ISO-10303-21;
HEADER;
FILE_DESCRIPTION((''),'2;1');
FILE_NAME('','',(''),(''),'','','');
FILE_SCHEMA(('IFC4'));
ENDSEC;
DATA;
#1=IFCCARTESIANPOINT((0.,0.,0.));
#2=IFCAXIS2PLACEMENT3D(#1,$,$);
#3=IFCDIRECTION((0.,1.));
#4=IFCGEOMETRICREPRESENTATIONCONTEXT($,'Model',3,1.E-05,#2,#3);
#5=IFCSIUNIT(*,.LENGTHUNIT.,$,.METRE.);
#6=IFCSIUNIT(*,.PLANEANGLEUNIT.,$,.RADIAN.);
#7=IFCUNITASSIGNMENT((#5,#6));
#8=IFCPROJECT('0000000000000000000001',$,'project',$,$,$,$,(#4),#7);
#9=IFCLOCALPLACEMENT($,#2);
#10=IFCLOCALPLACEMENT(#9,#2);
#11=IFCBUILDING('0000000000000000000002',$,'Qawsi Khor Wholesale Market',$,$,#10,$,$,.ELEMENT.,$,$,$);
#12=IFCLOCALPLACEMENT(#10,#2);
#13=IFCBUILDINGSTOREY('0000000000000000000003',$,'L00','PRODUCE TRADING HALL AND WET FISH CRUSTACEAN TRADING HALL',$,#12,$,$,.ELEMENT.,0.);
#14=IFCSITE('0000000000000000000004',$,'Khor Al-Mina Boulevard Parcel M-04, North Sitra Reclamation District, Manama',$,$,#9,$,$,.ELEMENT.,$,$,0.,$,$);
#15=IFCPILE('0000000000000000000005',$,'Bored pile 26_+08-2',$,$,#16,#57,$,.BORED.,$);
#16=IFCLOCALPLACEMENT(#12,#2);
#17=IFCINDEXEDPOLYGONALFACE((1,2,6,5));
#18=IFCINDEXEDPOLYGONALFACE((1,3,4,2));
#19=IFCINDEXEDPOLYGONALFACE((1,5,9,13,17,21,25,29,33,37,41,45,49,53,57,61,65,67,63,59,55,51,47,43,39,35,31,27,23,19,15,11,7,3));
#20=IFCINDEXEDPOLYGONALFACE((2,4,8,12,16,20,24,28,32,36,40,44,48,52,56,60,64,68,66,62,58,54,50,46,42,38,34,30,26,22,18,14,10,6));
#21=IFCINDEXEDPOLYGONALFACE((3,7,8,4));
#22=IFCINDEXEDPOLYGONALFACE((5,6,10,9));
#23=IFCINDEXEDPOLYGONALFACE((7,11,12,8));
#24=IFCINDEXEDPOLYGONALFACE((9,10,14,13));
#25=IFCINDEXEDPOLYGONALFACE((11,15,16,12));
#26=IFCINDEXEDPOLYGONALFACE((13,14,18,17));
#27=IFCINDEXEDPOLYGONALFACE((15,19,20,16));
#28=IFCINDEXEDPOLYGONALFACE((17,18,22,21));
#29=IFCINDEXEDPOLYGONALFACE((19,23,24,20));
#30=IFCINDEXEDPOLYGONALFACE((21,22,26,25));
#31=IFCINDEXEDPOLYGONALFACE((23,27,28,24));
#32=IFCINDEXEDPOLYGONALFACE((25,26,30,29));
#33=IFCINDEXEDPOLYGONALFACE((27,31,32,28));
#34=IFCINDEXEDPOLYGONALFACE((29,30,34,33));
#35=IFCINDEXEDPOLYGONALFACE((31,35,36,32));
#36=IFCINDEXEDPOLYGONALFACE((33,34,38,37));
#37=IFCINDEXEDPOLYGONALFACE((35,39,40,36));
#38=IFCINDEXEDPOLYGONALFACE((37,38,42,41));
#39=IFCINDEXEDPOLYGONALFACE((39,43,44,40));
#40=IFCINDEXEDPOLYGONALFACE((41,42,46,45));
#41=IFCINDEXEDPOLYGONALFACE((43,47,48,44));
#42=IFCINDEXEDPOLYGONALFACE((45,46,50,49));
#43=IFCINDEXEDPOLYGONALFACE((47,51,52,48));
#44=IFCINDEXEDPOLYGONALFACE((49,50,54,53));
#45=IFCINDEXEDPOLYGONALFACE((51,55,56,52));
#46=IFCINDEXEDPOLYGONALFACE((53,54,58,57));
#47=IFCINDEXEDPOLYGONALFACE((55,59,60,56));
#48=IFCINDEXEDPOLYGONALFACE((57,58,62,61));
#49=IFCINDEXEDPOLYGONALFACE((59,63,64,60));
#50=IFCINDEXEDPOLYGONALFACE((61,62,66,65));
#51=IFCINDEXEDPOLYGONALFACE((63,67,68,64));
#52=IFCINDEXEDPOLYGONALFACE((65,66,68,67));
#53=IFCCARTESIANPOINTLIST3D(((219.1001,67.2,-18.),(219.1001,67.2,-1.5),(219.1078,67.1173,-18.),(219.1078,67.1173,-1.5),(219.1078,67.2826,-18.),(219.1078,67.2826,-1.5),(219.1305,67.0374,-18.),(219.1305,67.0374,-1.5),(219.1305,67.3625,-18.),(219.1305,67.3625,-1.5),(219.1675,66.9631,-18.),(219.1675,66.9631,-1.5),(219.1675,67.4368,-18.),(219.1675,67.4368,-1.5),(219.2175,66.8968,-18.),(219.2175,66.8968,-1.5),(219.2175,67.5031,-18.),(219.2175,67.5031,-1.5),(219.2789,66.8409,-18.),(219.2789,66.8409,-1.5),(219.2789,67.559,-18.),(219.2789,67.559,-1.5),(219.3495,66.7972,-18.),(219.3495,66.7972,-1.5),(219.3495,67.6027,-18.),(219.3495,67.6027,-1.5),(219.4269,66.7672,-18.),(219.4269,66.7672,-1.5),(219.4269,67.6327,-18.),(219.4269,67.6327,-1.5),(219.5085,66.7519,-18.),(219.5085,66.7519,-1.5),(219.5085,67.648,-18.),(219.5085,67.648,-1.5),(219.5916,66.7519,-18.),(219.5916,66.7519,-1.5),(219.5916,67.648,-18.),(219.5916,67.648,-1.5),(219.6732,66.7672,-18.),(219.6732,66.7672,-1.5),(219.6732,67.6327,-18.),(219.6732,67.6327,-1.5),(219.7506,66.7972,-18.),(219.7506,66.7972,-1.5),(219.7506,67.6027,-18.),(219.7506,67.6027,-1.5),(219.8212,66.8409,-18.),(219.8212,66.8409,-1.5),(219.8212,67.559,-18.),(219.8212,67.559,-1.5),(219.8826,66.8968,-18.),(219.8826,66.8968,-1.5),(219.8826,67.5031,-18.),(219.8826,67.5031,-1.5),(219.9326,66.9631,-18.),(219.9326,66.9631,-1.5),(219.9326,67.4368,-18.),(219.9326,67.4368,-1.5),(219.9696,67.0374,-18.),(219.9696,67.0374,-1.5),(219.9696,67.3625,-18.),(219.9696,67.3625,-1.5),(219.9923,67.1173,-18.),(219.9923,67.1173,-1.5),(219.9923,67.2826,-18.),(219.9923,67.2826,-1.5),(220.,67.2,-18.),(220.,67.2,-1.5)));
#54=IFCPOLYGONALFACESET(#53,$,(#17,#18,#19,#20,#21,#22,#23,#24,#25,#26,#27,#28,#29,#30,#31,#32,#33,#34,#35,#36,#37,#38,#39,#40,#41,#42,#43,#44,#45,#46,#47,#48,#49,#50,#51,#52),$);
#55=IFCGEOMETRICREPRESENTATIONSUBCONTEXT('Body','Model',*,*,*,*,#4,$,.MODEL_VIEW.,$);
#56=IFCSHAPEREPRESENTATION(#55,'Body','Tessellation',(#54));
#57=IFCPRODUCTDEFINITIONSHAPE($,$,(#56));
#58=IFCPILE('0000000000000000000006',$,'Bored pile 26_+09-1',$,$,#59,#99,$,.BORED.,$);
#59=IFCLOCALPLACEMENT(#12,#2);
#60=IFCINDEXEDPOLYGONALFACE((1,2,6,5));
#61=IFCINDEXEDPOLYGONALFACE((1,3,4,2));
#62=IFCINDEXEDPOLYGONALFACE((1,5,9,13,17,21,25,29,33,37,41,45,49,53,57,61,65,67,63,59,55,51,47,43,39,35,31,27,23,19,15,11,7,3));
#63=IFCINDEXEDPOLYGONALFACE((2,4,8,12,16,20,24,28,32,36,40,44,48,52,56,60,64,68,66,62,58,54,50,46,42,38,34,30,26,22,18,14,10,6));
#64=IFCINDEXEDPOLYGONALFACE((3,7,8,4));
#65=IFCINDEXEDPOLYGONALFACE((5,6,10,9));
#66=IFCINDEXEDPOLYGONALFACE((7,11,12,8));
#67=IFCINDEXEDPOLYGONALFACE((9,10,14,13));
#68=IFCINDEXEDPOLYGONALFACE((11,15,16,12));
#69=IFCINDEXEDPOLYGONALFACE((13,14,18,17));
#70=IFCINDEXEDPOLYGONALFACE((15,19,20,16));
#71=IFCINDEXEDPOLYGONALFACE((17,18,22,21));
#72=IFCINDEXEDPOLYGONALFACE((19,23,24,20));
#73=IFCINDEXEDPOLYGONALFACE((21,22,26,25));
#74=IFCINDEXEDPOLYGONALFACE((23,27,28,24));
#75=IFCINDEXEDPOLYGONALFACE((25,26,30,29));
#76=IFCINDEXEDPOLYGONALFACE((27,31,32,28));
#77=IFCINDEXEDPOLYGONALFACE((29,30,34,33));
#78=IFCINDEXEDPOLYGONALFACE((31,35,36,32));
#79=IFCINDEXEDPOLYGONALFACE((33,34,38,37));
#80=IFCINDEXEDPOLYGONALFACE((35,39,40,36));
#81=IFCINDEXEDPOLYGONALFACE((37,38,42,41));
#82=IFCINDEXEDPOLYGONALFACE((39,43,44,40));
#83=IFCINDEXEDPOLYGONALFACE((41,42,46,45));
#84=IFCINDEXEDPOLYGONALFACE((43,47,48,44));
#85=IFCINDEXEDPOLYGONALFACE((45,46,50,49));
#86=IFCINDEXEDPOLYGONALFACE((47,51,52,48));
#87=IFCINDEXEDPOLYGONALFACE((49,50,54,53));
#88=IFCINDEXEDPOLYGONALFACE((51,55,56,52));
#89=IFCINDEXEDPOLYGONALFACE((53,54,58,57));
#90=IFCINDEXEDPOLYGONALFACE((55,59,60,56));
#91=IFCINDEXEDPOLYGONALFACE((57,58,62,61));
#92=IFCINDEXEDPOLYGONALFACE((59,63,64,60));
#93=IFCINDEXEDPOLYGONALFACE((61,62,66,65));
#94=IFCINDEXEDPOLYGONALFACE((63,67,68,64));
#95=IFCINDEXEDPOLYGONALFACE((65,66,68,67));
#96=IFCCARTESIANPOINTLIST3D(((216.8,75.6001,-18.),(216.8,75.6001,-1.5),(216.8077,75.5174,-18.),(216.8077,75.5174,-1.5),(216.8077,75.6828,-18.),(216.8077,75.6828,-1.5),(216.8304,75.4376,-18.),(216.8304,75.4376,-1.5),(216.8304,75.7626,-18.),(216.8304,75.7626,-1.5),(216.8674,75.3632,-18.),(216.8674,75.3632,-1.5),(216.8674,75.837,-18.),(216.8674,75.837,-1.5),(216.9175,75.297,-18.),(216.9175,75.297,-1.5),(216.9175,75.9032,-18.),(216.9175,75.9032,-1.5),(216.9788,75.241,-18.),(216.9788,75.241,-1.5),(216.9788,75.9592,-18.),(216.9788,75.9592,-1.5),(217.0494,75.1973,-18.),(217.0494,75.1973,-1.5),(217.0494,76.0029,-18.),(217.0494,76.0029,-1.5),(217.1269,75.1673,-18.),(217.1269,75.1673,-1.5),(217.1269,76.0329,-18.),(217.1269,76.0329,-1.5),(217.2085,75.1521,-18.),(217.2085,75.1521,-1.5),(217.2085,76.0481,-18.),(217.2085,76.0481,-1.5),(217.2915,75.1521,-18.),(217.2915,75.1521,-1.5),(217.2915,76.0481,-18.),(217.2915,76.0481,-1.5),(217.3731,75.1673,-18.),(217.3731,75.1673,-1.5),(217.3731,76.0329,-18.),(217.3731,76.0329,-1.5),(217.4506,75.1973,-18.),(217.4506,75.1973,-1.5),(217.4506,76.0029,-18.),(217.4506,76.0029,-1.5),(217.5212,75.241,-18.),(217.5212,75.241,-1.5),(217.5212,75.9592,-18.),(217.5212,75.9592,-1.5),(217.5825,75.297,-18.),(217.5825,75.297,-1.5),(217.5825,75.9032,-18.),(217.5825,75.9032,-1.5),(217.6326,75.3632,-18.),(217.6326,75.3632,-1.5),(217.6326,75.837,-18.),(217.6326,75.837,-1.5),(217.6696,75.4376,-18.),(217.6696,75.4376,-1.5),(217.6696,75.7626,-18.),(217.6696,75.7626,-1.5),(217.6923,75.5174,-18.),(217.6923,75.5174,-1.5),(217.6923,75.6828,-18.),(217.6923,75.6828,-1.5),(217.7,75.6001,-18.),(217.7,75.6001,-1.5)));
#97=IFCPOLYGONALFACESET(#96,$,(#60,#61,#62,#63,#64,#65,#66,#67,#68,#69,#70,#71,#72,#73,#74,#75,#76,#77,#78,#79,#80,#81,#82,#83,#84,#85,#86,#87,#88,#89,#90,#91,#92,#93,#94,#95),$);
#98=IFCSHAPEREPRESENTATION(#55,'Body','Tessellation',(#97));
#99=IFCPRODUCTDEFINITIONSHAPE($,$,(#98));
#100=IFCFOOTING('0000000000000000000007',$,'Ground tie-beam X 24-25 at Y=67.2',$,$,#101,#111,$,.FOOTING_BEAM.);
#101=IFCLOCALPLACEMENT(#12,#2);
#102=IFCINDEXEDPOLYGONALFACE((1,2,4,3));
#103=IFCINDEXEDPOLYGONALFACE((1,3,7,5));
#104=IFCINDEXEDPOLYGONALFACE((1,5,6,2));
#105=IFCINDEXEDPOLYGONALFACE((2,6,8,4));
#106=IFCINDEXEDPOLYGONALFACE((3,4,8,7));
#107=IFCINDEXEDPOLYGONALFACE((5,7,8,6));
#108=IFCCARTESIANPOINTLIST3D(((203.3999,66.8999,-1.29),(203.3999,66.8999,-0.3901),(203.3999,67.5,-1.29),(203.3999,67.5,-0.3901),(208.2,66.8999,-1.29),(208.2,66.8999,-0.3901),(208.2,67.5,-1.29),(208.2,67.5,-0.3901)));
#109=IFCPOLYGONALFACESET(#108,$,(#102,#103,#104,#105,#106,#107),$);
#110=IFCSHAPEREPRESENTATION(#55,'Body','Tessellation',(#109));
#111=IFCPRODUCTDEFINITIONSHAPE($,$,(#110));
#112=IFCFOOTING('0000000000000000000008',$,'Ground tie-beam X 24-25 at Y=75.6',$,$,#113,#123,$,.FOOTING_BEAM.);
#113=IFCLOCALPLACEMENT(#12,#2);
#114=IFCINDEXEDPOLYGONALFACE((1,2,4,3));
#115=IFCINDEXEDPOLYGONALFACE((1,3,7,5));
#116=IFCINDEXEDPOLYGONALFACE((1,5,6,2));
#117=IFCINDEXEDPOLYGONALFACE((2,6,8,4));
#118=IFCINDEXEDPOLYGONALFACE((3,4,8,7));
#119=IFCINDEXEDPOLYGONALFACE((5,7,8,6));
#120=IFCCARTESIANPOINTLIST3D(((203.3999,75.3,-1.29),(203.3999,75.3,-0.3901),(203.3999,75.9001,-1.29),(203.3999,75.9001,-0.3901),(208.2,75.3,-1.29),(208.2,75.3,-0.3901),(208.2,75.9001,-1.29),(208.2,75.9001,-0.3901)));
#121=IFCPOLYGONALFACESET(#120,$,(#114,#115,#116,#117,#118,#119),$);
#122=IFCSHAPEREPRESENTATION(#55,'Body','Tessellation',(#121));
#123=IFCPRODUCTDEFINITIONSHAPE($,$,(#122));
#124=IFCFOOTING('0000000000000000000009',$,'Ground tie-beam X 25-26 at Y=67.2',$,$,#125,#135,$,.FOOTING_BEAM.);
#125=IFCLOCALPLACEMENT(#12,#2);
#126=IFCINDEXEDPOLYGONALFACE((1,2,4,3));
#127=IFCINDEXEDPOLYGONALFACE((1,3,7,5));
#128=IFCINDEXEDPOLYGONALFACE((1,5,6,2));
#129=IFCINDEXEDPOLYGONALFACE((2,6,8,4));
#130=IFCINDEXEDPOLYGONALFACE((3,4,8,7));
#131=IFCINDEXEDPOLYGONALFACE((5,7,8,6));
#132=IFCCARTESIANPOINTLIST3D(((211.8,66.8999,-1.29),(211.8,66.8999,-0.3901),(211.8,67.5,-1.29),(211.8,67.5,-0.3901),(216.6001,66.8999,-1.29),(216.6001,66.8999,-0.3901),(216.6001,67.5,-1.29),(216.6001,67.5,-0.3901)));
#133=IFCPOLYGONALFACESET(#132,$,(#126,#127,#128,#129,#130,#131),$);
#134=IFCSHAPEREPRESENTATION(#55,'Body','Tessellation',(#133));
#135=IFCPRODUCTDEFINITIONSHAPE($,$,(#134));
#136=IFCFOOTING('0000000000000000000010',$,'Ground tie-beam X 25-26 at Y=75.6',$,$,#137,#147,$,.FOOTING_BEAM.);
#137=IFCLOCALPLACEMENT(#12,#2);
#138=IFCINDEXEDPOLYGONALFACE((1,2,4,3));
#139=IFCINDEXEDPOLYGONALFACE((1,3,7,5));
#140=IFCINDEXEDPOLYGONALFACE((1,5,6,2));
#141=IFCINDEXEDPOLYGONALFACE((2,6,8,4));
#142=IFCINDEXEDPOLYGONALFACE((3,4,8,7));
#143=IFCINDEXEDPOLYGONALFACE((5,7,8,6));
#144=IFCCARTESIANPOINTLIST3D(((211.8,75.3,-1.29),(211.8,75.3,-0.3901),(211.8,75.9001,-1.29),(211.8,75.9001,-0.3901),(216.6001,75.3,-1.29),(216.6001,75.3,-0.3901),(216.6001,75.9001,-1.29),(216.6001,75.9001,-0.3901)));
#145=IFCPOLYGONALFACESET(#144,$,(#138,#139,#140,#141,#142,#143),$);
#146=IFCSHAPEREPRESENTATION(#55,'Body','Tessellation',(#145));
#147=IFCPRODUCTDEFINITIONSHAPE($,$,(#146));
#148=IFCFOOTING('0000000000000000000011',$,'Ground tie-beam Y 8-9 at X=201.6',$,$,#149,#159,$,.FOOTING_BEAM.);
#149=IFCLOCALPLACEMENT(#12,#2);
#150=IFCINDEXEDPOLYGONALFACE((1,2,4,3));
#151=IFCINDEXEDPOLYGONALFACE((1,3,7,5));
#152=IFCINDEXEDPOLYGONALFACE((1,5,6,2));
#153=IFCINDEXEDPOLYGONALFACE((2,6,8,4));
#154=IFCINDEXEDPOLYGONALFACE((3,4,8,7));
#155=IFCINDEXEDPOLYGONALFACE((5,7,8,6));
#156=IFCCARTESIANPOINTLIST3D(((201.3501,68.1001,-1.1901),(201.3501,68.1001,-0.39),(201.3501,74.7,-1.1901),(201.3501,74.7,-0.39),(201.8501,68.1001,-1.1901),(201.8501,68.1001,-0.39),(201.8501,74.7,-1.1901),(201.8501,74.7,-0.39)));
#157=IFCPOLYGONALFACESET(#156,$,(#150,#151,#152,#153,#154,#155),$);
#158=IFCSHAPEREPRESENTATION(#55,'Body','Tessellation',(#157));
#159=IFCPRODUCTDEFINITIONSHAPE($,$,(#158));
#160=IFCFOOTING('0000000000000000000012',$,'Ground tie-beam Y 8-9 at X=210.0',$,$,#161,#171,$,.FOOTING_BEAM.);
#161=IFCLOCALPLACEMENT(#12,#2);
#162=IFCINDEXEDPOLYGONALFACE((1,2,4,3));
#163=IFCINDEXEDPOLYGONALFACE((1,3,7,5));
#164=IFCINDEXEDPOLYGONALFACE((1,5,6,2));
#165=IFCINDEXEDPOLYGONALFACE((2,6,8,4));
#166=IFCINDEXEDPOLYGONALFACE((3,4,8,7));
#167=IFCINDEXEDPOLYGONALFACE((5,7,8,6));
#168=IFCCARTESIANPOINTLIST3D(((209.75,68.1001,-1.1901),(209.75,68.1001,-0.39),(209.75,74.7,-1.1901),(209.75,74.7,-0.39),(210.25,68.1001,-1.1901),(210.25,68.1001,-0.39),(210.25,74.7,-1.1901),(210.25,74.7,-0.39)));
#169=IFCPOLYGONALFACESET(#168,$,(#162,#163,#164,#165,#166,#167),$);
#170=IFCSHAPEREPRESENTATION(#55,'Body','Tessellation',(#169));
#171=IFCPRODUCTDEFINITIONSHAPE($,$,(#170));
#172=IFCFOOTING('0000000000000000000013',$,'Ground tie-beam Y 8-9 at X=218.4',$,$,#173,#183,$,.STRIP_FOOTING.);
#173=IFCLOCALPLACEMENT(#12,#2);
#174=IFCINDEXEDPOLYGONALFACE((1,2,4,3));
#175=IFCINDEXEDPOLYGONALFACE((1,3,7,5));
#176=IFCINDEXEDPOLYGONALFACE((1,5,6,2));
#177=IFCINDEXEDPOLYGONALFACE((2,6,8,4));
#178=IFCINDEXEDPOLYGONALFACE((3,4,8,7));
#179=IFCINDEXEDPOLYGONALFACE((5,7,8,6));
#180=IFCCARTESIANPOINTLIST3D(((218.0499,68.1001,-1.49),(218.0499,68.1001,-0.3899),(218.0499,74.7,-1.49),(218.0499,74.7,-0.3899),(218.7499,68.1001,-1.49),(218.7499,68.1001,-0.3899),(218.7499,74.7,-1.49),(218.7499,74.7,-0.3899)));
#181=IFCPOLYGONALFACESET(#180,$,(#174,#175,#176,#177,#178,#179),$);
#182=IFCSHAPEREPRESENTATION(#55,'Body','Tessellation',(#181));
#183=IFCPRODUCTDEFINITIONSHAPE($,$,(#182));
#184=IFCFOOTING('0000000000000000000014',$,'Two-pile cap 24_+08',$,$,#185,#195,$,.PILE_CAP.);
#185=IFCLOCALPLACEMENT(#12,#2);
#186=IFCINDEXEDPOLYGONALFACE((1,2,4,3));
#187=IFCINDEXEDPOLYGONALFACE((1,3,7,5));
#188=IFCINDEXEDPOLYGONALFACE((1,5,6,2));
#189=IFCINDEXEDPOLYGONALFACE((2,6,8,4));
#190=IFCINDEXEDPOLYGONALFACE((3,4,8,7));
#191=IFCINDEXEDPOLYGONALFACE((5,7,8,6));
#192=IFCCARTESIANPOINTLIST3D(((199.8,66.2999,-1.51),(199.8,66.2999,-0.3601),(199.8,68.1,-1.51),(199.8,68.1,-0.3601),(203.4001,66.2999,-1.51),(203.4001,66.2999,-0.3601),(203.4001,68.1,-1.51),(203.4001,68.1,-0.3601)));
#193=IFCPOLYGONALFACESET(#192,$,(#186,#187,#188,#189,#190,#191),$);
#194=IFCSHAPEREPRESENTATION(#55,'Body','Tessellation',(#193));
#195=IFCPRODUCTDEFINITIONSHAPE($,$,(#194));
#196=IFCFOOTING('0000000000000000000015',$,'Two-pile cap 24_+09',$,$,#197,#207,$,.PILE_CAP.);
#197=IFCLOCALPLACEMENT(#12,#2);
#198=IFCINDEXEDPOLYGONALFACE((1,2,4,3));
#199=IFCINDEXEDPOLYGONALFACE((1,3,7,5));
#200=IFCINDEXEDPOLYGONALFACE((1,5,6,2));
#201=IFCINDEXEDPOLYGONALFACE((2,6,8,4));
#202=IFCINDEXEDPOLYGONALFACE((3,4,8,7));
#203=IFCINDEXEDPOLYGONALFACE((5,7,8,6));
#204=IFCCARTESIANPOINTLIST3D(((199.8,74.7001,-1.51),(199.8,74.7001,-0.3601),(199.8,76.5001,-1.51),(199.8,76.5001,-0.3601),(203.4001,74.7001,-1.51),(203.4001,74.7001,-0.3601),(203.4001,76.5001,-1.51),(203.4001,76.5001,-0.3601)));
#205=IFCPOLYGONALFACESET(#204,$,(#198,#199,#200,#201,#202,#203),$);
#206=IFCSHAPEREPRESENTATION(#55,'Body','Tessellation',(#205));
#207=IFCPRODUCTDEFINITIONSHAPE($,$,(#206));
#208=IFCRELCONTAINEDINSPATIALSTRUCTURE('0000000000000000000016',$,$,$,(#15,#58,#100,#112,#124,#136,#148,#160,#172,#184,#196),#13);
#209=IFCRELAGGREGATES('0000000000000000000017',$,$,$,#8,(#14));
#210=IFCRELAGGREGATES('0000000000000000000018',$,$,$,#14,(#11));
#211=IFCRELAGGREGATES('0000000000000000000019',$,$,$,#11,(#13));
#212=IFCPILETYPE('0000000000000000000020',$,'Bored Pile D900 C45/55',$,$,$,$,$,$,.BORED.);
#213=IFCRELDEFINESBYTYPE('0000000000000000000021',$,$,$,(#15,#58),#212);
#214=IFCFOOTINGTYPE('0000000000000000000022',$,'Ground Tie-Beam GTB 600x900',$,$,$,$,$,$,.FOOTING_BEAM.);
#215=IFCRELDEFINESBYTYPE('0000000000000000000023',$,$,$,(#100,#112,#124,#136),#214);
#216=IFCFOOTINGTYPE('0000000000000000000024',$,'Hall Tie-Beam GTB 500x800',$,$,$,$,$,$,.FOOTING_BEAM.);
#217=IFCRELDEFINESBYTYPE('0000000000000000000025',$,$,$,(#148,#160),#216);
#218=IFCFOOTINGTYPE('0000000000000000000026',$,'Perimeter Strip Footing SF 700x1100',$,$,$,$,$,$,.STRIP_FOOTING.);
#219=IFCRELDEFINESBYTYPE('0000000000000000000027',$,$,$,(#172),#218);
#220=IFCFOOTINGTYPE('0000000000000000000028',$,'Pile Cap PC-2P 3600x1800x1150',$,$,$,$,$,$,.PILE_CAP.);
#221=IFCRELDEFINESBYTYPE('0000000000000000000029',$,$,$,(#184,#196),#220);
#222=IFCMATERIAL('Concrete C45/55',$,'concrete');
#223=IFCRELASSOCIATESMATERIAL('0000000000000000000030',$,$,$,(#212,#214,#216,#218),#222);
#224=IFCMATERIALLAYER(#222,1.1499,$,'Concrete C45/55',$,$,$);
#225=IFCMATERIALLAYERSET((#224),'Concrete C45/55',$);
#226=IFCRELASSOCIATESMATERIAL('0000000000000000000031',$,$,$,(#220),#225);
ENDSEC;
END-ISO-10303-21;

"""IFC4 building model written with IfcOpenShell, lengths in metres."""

from ifc_helpers import new_model, si_unit, direction, frame, origin, origin_2d, place, context, subcontext, project, spatial, rectangle, circle, extrude, material, layer, layer_set, material_profile, profile_set, type_object, element, save


model = new_model("IFC4")

# Units and contexts
model_context = context("Model", 3, precision=1e-05, world=origin(), true_north=direction((0.0, 1.0)))
body_context = subcontext(model_context, "Body", "Model", "MODEL_VIEW")
ifc_project = project(units=[si_unit("LENGTHUNIT", "METRE"), si_unit("PLANEANGLEUNIT", "RADIAN")], contexts=[model_context])

# Site, building, storey
site_placement = place(None, origin())
site = spatial("IfcSite", under=ifc_project, at=site_placement, Name="Khor Al-Mina Boulevard Parcel M-04, North Sitra Reclamation District, Manama", CompositionType="ELEMENT", RefElevation=0.0)
building_placement = place(site_placement, origin())
building = spatial("IfcBuilding", under=site, at=building_placement, Name="Qawsi Khor Wholesale Market", CompositionType="ELEMENT")
storey_placement = place(building_placement, origin())
storey = spatial("IfcBuildingStorey", under=building, at=storey_placement, Name="L00", Description="PRODUCE TRADING HALL AND WET FISH CRUSTACEAN TRADING HALL", CompositionType="ELEMENT", Elevation=0.0)

# Piles
ifc_material_1 = material(Name="Concrete C45/55", Category="concrete")
ifc_material_profile_1 = material_profile(ifc_material_1, circle(Radius=0.45, at=origin_2d()), Name="PILE D900")
ifc_profile_set_1 = profile_set([ifc_material_profile_1], Name="Concrete C45/55")
pile_type = type_object("IfcPileType", Name="Bored Pile D900 C45/55", PredefinedType="BORED", material=ifc_profile_set_1)
for number, where, z_axis, x_axis, name in (
    (1, (219.55, 67.2, -1.5), (0.0, 0.0, -1.0), (1.0, 0.0, 0.0), "Bored pile 26_+08-2"),
    (2, (217.25, 75.6001, -1.5), (0.0, 0.0, -1.0), (1.0, 0.0, 0.0), "Bored pile 26_+09-1"),
):
    element("IfcPile", number, at=place(storey_placement, frame(where, z_axis=z_axis, x_axis=x_axis)), inside=storey, type_object=pile_type, Name=name, PredefinedType="BORED", context=body_context, shape_type="SweptSolid", body=[
        extrude(circle(Radius=0.45, at=origin_2d()), origin(), (0.0, 0.0, 1.0), 16.5),
    ])

# Footings
ifc_material_profile_2 = material_profile(ifc_material_1, rectangle(XDim=0.6001, YDim=0.8999, at=origin_2d()), Name="RC 600x900")
ifc_profile_set_2 = profile_set([ifc_material_profile_2], Name="Concrete C45/55")
footing_type_1 = type_object("IfcFootingType", Name="Ground Tie-Beam GTB 600x900", PredefinedType="FOOTING_BEAM", material=ifc_profile_set_2)
for number, where, z_axis, x_axis, name in (
    (3, (203.3999, 67.2, -0.8401), (1.0, 0.0, 0.0), (0.0, 1.0, 0.0), "Ground tie-beam X 24-25 at Y=67.2"),
    (4, (203.3999, 75.6001, -0.8401), (1.0, 0.0, 0.0), (0.0, 1.0, 0.0), "Ground tie-beam X 24-25 at Y=75.6"),
    (5, (211.8, 67.2, -0.8401), (1.0, 0.0, 0.0), (0.0, 1.0, 0.0), "Ground tie-beam X 25-26 at Y=67.2"),
    (6, (211.8, 75.6001, -0.8401), (1.0, 0.0, 0.0), (0.0, 1.0, 0.0), "Ground tie-beam X 25-26 at Y=75.6"),
):
    element("IfcFooting", number, at=place(storey_placement, frame(where, z_axis=z_axis, x_axis=x_axis)), inside=storey, type_object=footing_type_1, Name=name, PredefinedType="FOOTING_BEAM", context=body_context, shape_type="SweptSolid", body=[
        extrude(rectangle(XDim=0.6001, YDim=0.8999, at=origin_2d()), origin(), (0.0, 0.0, 1.0), 4.8),
    ])
ifc_material_profile_3 = material_profile(ifc_material_1, rectangle(XDim=0.5, YDim=0.8, at=origin_2d()), Name="RC 500x800")
ifc_profile_set_3 = profile_set([ifc_material_profile_3], Name="Concrete C45/55")
footing_type_2 = type_object("IfcFootingType", Name="Hall Tie-Beam GTB 500x800", PredefinedType="FOOTING_BEAM", material=ifc_profile_set_3)
for number, where, z_axis, x_axis, name in (
    (7, (201.6001, 68.1001, -0.79), (0.0, 1.0, 0.0), (-1.0, 0.0, 0.0), "Ground tie-beam Y 8-9 at X=201.6"),
    (8, (210.0, 68.1001, -0.79), (0.0, 1.0, 0.0), (-1.0, 0.0, 0.0), "Ground tie-beam Y 8-9 at X=210.0"),
):
    element("IfcFooting", number, at=place(storey_placement, frame(where, z_axis=z_axis, x_axis=x_axis)), inside=storey, type_object=footing_type_2, Name=name, PredefinedType="FOOTING_BEAM", context=body_context, shape_type="SweptSolid", body=[
        extrude(rectangle(XDim=0.5, YDim=0.8, at=origin_2d()), origin(), (0.0, 0.0, 1.0), 6.5999),
    ])
ifc_material_profile_4 = material_profile(ifc_material_1, rectangle(XDim=0.7, YDim=1.1001, at=origin_2d()), Name="RC 700x1100")
ifc_profile_set_4 = profile_set([ifc_material_profile_4], Name="Concrete C45/55")
footing_type_3 = type_object("IfcFootingType", Name="Perimeter Strip Footing SF 700x1100", PredefinedType="STRIP_FOOTING", material=ifc_profile_set_4)
footing_placement = place(storey_placement, frame((218.3999, 68.1001, -0.9399), z_axis=(0.0, 1.0, 0.0), x_axis=(-1.0, 0.0, 0.0)))
element("IfcFooting", 9, at=footing_placement, inside=storey, type_object=footing_type_3, Name="Ground tie-beam Y 8-9 at X=218.4", PredefinedType="STRIP_FOOTING", context=body_context, shape_type="SweptSolid", body=[
    extrude(rectangle(XDim=0.7, YDim=1.1001, at=origin_2d()), origin(), (0.0, 0.0, 1.0), 6.5999),
])
ifc_layer_1 = layer(ifc_material_1, 1.1499, Name="Concrete C45/55")
ifc_layer_set_1 = layer_set([ifc_layer_1], Name="Concrete C45/55")
footing_type_4 = type_object("IfcFootingType", Name="Pile Cap PC-2P 3600x1800x1150", PredefinedType="PILE_CAP", material=ifc_layer_set_1)
for number, where, z_axis, x_axis, name in (
    (10, (201.6001, 67.2, -1.51), (0.0, 0.0, 1.0), (1.0, 0.0, 0.0), "Two-pile cap 24_+08"),
    (11, (201.6001, 75.6001, -1.51), (0.0, 0.0, 1.0), (1.0, 0.0, 0.0), "Two-pile cap 24_+09"),
):
    element("IfcFooting", number, at=place(storey_placement, frame(where, z_axis=z_axis, x_axis=x_axis)), inside=storey, type_object=footing_type_4, Name=name, PredefinedType="PILE_CAP", context=body_context, shape_type="SweptSolid", body=[
        extrude(rectangle(XDim=3.6001, YDim=1.8, at=origin_2d()), origin(), (0.0, 0.0, 1.0), 1.1499),
    ])

save(model, "model.ifc")
